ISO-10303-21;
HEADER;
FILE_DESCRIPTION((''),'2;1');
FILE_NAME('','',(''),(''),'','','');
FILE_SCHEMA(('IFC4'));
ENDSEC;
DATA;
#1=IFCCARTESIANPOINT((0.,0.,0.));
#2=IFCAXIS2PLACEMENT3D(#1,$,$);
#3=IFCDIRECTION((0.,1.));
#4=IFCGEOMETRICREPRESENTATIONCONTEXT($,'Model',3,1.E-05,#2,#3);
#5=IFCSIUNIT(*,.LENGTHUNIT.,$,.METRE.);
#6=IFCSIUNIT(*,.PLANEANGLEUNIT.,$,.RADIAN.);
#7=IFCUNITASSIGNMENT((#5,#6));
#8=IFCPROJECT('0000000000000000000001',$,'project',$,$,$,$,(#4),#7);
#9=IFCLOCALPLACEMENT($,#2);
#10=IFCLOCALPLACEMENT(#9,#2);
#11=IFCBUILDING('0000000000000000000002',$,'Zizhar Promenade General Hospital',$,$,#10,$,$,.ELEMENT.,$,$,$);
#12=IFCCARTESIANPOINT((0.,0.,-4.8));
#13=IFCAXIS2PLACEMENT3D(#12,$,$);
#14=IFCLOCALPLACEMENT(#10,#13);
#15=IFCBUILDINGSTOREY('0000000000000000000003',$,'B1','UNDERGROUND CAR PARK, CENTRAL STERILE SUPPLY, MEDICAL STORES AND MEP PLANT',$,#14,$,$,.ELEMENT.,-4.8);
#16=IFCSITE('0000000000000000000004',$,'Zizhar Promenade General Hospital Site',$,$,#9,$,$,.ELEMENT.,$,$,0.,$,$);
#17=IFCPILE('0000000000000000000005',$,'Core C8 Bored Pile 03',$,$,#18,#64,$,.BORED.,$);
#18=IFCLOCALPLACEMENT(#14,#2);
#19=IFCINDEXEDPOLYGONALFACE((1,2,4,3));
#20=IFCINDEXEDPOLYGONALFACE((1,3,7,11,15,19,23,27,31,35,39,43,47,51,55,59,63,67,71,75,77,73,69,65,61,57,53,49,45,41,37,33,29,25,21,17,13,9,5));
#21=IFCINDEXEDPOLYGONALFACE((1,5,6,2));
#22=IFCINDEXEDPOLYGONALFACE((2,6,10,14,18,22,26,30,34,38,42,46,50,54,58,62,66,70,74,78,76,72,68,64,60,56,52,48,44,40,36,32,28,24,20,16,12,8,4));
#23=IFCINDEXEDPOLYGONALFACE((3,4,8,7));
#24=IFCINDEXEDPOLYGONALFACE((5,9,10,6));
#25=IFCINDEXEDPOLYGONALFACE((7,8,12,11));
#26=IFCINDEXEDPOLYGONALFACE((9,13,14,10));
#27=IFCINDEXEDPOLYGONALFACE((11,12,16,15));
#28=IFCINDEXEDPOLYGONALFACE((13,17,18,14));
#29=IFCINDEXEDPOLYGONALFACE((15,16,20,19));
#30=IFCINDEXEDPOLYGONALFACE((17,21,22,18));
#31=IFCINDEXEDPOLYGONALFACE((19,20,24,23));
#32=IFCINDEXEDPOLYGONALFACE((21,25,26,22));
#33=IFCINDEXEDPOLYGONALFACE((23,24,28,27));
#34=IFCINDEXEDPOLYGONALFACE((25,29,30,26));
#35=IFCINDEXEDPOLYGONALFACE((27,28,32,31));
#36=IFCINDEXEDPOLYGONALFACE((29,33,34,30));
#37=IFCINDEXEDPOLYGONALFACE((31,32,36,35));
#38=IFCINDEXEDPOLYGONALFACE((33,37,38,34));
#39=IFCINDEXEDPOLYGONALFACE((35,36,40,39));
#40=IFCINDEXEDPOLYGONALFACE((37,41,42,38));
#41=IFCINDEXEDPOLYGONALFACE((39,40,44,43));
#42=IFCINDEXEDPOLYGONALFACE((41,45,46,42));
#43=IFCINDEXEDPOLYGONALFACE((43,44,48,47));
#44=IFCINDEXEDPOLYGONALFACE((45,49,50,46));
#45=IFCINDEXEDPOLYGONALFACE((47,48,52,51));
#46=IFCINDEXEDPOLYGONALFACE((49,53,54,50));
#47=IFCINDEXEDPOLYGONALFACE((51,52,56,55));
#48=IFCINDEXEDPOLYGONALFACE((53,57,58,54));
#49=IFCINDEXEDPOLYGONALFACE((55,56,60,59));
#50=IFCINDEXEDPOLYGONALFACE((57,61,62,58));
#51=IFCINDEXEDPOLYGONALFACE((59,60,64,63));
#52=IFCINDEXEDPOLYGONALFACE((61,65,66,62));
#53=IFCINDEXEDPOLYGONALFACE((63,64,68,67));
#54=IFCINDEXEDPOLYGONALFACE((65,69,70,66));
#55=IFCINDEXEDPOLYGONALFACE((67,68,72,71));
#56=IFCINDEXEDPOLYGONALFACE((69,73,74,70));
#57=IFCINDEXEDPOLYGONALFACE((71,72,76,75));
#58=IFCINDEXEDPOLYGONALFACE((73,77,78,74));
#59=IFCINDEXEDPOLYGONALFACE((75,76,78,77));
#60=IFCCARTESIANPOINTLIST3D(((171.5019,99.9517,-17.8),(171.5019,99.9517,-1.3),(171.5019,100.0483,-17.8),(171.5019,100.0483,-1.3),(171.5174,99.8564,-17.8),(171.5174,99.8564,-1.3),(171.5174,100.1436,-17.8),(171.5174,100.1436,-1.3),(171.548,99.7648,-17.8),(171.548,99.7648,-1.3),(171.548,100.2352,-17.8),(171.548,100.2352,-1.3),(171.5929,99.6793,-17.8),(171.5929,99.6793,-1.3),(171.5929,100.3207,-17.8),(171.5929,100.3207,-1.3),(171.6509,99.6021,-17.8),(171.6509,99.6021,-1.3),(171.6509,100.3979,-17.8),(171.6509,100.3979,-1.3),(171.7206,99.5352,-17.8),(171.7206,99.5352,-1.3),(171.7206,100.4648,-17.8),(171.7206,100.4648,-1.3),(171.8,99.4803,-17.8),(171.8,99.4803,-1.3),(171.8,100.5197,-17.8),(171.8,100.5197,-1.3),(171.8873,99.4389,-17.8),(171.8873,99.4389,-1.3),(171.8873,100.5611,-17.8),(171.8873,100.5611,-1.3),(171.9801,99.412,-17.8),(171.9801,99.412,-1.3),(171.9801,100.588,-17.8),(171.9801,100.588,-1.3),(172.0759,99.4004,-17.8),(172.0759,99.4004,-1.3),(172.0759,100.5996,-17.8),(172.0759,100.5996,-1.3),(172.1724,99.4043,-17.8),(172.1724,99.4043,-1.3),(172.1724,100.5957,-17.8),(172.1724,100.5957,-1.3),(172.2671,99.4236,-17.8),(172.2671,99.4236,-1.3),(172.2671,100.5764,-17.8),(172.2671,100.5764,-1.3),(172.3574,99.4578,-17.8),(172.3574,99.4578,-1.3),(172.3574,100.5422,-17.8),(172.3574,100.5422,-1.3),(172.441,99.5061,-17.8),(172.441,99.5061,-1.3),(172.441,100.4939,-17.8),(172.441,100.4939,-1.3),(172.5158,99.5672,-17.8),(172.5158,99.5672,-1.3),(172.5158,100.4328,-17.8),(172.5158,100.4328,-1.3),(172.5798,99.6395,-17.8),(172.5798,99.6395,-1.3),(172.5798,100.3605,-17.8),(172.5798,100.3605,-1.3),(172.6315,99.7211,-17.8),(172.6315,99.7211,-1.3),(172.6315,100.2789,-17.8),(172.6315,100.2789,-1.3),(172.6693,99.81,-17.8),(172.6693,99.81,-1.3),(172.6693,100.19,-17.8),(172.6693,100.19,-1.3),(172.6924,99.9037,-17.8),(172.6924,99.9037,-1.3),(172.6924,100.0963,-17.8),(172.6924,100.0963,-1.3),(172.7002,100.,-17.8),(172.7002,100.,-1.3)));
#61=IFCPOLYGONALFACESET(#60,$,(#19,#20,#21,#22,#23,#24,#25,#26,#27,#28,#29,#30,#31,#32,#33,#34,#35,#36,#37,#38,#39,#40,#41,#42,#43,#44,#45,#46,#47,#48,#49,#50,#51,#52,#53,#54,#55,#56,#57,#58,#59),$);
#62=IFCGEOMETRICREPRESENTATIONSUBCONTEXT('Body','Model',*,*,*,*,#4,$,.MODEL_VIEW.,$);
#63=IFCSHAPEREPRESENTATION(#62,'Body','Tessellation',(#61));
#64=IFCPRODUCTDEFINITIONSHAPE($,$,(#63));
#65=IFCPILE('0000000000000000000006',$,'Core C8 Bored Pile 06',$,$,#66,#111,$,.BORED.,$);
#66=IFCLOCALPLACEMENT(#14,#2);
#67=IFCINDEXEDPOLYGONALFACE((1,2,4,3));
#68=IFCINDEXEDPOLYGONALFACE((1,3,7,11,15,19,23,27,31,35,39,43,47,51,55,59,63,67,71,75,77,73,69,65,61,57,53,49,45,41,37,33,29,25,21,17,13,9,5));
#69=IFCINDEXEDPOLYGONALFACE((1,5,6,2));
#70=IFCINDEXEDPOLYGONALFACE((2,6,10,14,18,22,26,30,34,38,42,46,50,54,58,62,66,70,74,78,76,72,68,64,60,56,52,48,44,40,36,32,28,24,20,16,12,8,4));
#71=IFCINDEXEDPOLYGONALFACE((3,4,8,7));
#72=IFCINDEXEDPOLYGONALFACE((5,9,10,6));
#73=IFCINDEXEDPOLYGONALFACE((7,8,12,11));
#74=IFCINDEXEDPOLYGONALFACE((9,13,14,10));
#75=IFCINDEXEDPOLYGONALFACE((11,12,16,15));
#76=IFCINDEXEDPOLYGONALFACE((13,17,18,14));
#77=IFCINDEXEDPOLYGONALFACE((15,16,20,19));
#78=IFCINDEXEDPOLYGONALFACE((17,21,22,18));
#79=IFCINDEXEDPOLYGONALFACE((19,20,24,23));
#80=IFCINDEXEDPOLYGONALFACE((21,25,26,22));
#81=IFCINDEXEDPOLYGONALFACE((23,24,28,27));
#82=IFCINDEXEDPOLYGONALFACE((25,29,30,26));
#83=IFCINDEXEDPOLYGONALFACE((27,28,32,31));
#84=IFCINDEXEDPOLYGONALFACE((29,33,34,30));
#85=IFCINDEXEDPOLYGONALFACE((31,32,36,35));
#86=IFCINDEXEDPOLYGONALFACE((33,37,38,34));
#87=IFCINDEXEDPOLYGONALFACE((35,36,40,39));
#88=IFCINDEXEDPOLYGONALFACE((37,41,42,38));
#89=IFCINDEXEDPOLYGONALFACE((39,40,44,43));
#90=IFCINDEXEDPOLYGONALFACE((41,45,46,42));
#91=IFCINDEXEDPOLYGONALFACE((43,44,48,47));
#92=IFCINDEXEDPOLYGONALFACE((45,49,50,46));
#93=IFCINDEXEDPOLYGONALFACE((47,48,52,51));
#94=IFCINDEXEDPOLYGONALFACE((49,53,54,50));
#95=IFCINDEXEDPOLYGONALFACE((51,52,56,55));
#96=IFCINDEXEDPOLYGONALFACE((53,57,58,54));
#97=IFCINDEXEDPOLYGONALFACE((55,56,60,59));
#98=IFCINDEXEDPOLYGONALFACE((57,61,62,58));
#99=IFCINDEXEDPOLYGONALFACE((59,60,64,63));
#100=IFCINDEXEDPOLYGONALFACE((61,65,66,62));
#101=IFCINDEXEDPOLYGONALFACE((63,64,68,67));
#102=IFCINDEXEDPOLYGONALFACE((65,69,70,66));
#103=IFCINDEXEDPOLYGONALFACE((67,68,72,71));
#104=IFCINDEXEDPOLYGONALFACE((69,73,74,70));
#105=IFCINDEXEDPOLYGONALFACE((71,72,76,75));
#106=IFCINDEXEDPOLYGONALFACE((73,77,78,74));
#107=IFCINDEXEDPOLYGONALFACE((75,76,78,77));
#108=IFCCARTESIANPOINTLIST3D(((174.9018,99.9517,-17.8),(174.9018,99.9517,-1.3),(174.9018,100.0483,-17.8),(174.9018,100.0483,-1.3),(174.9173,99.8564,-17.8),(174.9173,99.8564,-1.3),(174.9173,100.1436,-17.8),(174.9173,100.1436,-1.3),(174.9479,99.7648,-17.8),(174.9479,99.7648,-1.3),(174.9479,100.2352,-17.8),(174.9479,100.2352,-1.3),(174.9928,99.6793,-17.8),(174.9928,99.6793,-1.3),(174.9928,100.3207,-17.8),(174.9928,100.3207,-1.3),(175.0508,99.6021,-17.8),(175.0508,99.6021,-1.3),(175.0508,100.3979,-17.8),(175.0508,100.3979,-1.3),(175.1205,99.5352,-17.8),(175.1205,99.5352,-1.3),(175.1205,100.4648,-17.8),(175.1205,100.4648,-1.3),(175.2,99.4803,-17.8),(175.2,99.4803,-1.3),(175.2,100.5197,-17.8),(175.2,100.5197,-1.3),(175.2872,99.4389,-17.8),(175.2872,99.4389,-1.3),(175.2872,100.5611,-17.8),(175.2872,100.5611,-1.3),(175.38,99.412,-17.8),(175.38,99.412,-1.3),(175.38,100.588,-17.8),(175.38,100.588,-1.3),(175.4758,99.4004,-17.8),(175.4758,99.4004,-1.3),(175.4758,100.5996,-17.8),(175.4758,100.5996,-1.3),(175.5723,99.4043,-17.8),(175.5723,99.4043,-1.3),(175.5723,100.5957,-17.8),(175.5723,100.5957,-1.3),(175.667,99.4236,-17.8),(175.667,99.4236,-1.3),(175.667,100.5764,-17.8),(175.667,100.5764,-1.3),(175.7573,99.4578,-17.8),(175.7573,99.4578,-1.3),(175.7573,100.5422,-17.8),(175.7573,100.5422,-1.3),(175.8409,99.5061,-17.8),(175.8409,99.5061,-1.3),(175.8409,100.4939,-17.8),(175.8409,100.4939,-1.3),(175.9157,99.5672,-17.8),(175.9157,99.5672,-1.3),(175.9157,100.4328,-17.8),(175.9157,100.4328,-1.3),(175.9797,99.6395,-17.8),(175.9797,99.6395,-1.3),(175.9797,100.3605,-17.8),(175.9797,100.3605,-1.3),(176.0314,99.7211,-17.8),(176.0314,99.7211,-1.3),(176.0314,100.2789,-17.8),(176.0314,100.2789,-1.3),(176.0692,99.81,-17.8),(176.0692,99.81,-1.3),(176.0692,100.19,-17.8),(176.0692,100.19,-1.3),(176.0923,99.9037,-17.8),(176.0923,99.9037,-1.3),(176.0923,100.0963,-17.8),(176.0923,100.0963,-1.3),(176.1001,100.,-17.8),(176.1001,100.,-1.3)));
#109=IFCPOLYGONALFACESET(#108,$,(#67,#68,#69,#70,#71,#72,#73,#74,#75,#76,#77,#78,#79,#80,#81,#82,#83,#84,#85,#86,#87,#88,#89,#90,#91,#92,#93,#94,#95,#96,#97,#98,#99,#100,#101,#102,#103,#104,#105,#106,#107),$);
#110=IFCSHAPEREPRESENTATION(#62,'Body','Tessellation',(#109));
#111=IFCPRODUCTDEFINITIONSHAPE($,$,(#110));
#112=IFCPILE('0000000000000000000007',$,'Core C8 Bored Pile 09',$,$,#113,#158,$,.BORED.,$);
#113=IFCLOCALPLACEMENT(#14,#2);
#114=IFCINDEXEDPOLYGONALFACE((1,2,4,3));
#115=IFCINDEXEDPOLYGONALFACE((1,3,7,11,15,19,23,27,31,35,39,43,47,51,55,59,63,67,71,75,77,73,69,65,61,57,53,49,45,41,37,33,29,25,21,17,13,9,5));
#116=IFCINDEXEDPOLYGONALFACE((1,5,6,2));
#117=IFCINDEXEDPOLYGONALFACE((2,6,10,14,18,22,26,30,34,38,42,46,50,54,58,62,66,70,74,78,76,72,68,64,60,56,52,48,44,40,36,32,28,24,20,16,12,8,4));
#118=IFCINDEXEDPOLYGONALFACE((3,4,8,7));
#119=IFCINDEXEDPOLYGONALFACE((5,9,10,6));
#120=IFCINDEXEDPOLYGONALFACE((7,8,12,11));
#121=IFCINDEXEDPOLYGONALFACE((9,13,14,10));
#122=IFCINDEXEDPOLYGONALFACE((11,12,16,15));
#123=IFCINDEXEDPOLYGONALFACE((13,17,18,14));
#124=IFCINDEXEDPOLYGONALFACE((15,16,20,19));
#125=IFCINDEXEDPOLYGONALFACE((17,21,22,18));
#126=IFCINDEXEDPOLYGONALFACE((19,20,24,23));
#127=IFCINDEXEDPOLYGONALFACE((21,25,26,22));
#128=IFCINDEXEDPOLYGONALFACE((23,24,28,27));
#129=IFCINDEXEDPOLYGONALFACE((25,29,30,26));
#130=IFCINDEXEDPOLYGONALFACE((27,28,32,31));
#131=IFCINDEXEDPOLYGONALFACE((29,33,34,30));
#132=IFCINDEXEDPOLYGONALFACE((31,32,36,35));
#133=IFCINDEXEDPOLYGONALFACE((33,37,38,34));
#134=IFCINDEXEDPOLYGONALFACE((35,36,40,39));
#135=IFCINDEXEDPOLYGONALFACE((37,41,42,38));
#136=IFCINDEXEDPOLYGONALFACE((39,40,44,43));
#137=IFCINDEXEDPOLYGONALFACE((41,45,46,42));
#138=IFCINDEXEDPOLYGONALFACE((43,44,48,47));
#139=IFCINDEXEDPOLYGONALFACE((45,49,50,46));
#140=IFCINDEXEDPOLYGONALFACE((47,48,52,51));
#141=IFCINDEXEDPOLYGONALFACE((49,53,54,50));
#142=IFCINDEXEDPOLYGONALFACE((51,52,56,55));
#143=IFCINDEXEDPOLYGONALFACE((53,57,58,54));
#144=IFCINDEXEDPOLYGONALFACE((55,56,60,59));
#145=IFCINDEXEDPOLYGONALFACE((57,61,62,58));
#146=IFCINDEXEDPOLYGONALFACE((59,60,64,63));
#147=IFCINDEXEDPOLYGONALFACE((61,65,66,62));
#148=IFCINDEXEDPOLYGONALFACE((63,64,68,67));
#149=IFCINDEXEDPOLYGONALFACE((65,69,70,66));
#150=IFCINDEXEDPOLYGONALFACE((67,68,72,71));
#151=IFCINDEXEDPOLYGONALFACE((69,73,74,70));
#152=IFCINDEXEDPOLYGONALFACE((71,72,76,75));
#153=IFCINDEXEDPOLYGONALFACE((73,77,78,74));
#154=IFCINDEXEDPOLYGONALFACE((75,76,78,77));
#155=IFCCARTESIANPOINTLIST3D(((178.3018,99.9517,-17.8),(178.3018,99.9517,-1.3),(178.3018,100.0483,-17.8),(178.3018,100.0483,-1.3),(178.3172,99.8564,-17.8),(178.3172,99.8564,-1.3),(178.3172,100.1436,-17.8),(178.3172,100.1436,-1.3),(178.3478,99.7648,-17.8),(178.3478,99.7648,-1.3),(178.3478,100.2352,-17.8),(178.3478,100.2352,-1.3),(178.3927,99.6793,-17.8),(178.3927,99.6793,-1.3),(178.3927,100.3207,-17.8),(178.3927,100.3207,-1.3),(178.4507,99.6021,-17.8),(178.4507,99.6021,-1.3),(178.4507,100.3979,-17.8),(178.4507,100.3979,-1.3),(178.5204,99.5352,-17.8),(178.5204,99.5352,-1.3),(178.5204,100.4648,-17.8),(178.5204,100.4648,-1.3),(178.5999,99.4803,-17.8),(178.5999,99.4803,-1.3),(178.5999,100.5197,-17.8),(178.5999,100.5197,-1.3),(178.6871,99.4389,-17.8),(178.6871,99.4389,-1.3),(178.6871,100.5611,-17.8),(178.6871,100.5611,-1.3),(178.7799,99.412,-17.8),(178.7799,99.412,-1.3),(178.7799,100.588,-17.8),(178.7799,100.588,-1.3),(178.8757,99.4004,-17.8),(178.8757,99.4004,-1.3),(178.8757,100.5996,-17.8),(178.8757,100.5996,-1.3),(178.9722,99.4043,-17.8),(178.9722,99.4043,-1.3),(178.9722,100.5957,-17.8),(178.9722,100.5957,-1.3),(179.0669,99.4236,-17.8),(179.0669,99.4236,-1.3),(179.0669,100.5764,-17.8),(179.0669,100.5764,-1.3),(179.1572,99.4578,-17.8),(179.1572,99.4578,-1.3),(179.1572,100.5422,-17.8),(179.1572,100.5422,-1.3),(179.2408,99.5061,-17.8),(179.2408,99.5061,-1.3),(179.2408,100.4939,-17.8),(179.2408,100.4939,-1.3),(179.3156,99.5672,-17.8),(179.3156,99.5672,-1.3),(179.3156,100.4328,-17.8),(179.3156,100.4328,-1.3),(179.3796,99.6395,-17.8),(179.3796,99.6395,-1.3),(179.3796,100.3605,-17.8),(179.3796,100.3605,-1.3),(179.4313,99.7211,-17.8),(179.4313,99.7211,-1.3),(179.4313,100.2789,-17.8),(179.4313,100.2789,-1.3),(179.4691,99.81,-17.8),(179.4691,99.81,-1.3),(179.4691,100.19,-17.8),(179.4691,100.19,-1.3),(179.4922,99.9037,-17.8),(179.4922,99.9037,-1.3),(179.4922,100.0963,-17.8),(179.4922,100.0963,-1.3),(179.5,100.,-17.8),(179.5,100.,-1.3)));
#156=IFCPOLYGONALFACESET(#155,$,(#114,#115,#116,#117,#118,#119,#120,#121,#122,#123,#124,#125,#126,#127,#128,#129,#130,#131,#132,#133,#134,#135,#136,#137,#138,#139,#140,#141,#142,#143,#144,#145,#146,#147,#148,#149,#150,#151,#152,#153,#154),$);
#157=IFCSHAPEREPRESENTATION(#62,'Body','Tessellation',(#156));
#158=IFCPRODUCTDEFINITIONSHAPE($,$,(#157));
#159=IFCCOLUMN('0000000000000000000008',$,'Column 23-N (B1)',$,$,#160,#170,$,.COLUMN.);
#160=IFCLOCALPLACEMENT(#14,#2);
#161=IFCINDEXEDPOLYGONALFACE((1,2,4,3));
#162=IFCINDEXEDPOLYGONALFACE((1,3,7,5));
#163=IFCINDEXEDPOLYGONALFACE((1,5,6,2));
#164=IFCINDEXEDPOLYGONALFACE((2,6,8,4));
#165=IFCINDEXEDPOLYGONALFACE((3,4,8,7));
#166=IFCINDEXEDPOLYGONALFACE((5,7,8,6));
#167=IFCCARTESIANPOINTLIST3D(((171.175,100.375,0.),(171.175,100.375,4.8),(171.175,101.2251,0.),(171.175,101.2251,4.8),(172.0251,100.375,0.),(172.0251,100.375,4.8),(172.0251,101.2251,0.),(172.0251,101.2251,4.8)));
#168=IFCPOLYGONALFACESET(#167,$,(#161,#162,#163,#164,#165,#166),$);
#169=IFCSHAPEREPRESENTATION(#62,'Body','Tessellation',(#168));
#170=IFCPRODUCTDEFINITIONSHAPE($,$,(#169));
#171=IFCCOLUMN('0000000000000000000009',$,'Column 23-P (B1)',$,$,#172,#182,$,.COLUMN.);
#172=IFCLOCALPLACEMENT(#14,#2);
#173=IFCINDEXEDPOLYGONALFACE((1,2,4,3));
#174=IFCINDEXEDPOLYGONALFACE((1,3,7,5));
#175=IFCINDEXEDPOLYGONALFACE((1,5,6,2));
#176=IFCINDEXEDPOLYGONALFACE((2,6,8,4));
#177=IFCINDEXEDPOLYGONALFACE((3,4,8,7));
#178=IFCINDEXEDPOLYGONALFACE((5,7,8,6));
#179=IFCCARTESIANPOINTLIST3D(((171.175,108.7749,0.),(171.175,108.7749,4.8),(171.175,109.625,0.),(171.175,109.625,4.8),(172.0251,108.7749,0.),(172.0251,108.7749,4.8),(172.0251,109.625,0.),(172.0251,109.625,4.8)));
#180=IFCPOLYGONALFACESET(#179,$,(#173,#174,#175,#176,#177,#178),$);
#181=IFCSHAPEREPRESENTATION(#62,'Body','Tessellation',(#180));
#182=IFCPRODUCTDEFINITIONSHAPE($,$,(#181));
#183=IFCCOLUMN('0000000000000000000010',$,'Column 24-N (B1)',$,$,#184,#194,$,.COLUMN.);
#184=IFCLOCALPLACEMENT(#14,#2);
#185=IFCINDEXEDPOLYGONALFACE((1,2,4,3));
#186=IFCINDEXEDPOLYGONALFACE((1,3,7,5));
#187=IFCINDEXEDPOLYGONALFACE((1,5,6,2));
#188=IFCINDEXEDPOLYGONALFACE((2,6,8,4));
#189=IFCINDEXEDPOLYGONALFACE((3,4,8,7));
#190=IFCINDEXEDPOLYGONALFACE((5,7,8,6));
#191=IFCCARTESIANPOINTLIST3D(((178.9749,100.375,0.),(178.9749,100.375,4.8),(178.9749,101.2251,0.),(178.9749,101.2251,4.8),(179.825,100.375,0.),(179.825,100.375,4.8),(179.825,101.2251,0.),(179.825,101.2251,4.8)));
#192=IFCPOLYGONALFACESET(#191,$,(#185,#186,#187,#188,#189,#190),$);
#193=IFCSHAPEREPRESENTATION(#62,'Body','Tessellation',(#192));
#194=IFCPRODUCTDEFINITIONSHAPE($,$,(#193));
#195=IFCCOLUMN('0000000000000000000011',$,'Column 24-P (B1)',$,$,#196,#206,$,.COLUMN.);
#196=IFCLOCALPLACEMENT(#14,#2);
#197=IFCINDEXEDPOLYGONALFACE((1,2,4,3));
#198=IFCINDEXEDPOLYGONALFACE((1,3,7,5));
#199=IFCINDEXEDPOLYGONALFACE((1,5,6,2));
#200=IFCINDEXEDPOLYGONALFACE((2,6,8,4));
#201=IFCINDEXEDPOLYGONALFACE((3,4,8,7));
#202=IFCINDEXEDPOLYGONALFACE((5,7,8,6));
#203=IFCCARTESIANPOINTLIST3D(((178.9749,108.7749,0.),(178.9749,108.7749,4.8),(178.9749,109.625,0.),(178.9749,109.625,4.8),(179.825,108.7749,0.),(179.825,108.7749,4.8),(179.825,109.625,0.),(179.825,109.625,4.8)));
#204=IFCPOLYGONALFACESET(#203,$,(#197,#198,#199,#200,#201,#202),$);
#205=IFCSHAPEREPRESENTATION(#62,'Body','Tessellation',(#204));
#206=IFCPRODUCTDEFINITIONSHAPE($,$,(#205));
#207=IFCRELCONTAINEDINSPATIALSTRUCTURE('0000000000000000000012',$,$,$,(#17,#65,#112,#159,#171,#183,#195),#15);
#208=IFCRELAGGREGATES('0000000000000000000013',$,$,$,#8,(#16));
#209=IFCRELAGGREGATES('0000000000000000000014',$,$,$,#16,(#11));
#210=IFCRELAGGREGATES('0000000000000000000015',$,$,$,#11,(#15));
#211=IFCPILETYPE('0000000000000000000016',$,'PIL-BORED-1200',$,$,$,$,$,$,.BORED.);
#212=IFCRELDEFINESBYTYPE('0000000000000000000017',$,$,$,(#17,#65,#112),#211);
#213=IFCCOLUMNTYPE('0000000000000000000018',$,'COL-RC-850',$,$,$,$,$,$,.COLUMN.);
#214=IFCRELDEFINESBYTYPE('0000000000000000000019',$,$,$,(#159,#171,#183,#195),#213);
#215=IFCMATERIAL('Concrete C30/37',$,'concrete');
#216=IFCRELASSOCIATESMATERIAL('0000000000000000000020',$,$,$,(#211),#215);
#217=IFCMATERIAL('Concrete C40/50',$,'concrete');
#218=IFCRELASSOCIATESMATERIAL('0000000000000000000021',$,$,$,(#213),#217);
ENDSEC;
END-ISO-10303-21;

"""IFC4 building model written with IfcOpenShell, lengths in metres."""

from ifc_helpers import new_model, si_unit, direction, frame, origin, origin_2d, place, context, subcontext, project, spatial, rectangle, circle, extrude, material, material_profile, profile_set, type_object, element, save


model = new_model("IFC4")

# Units and contexts
model_context = context("Model", 3, precision=1e-05, world=origin(), true_north=direction((0.0, 1.0)))
body_context = subcontext(model_context, "Body", "Model", "MODEL_VIEW")
ifc_project = project(units=[si_unit("LENGTHUNIT", "METRE"), si_unit("PLANEANGLEUNIT", "RADIAN")], contexts=[model_context])

# Site, building, storey
site_placement = place(None, origin())
site = spatial("IfcSite", under=ifc_project, at=site_placement, Name="Zizhar Promenade General Hospital Site", CompositionType="ELEMENT", RefElevation=0.0)
building_placement = place(site_placement, origin())
building = spatial("IfcBuilding", under=site, at=building_placement, Name="Zizhar Promenade General Hospital", CompositionType="ELEMENT")
storey_placement = place(building_placement, frame((0.0, 0.0, -4.8)))
storey = spatial("IfcBuildingStorey", under=building, at=storey_placement, Name="B1", Description="UNDERGROUND CAR PARK, CENTRAL STERILE SUPPLY, MEDICAL STORES AND MEP PLANT", CompositionType="ELEMENT", Elevation=-4.8)

# Piles
ifc_material_1 = material(Name="Concrete C30/37", Category="concrete")
ifc_material_profile_1 = material_profile(ifc_material_1, circle(Radius=0.6001, at=origin_2d()))
ifc_profile_set_1 = profile_set([ifc_material_profile_1], Name="Concrete C30/37")
pile_type_1 = type_object("IfcPileType", Name="PIL-BORED-1200", PredefinedType="BORED", material=ifc_profile_set_1)
for number, where, z_axis, x_axis, name in (
    (1, (172.1001, 100.0, -1.3), (0.0, 0.0, -1.0), (1.0, 0.0, 0.0), "Core C8 Bored Pile 03"),
    (2, (175.5, 100.0, -1.3), (0.0, 0.0, -1.0), (1.0, 0.0, 0.0), "Core C8 Bored Pile 06"),
    (3, (178.8999, 100.0, -1.3), (0.0, 0.0, -1.0), (1.0, 0.0, 0.0), "Core C8 Bored Pile 09"),
):
    element("IfcPile", number, at=place(storey_placement, frame(where, z_axis=z_axis, x_axis=x_axis)), inside=storey, type_object=pile_type_1, Name=name, PredefinedType="BORED", context=body_context, shape_type="SweptSolid", body=[
        extrude(circle(Radius=0.6001, at=origin_2d()), origin(), (0.0, 0.0, 1.0), 16.5),
    ])

# Columns
ifc_material_2 = material(Name="Concrete C40/50", Category="concrete")
ifc_material_profile_2 = material_profile(ifc_material_2, rectangle(XDim=0.8501, YDim=0.8501, at=origin_2d()))
ifc_profile_set_2 = profile_set([ifc_material_profile_2], Name="Concrete C40/50")
column_type = type_object("IfcColumnType", Name="COL-RC-850", PredefinedType="COLUMN", material=ifc_profile_set_2)
for number, where, z_axis, x_axis, name in (
    (4, (171.6001, 100.8, 0.0), (0.0, 0.0, 1.0), (1.0, 0.0, 0.0), "Column 23-N (B1)"),
    (5, (171.6001, 109.2, 0.0), (0.0, 0.0, 1.0), (1.0, 0.0, 0.0), "Column 23-P (B1)"),
    (6, (179.3999, 100.8, 0.0), (0.0, 0.0, 1.0), (1.0, 0.0, 0.0), "Column 24-N (B1)"),
    (7, (179.3999, 109.2, 0.0), (0.0, 0.0, 1.0), (1.0, 0.0, 0.0), "Column 24-P (B1)"),
):
    element("IfcColumn", number, at=place(storey_placement, frame(where, z_axis=z_axis, x_axis=x_axis)), inside=storey, type_object=column_type, Name=name, PredefinedType="COLUMN", context=body_context, shape_type="SweptSolid", body=[
        extrude(rectangle(XDim=0.8501, YDim=0.8501, at=origin_2d()), origin(), (0.0, 0.0, 1.0), 4.8),
    ])

save(model, "model.ifc")
